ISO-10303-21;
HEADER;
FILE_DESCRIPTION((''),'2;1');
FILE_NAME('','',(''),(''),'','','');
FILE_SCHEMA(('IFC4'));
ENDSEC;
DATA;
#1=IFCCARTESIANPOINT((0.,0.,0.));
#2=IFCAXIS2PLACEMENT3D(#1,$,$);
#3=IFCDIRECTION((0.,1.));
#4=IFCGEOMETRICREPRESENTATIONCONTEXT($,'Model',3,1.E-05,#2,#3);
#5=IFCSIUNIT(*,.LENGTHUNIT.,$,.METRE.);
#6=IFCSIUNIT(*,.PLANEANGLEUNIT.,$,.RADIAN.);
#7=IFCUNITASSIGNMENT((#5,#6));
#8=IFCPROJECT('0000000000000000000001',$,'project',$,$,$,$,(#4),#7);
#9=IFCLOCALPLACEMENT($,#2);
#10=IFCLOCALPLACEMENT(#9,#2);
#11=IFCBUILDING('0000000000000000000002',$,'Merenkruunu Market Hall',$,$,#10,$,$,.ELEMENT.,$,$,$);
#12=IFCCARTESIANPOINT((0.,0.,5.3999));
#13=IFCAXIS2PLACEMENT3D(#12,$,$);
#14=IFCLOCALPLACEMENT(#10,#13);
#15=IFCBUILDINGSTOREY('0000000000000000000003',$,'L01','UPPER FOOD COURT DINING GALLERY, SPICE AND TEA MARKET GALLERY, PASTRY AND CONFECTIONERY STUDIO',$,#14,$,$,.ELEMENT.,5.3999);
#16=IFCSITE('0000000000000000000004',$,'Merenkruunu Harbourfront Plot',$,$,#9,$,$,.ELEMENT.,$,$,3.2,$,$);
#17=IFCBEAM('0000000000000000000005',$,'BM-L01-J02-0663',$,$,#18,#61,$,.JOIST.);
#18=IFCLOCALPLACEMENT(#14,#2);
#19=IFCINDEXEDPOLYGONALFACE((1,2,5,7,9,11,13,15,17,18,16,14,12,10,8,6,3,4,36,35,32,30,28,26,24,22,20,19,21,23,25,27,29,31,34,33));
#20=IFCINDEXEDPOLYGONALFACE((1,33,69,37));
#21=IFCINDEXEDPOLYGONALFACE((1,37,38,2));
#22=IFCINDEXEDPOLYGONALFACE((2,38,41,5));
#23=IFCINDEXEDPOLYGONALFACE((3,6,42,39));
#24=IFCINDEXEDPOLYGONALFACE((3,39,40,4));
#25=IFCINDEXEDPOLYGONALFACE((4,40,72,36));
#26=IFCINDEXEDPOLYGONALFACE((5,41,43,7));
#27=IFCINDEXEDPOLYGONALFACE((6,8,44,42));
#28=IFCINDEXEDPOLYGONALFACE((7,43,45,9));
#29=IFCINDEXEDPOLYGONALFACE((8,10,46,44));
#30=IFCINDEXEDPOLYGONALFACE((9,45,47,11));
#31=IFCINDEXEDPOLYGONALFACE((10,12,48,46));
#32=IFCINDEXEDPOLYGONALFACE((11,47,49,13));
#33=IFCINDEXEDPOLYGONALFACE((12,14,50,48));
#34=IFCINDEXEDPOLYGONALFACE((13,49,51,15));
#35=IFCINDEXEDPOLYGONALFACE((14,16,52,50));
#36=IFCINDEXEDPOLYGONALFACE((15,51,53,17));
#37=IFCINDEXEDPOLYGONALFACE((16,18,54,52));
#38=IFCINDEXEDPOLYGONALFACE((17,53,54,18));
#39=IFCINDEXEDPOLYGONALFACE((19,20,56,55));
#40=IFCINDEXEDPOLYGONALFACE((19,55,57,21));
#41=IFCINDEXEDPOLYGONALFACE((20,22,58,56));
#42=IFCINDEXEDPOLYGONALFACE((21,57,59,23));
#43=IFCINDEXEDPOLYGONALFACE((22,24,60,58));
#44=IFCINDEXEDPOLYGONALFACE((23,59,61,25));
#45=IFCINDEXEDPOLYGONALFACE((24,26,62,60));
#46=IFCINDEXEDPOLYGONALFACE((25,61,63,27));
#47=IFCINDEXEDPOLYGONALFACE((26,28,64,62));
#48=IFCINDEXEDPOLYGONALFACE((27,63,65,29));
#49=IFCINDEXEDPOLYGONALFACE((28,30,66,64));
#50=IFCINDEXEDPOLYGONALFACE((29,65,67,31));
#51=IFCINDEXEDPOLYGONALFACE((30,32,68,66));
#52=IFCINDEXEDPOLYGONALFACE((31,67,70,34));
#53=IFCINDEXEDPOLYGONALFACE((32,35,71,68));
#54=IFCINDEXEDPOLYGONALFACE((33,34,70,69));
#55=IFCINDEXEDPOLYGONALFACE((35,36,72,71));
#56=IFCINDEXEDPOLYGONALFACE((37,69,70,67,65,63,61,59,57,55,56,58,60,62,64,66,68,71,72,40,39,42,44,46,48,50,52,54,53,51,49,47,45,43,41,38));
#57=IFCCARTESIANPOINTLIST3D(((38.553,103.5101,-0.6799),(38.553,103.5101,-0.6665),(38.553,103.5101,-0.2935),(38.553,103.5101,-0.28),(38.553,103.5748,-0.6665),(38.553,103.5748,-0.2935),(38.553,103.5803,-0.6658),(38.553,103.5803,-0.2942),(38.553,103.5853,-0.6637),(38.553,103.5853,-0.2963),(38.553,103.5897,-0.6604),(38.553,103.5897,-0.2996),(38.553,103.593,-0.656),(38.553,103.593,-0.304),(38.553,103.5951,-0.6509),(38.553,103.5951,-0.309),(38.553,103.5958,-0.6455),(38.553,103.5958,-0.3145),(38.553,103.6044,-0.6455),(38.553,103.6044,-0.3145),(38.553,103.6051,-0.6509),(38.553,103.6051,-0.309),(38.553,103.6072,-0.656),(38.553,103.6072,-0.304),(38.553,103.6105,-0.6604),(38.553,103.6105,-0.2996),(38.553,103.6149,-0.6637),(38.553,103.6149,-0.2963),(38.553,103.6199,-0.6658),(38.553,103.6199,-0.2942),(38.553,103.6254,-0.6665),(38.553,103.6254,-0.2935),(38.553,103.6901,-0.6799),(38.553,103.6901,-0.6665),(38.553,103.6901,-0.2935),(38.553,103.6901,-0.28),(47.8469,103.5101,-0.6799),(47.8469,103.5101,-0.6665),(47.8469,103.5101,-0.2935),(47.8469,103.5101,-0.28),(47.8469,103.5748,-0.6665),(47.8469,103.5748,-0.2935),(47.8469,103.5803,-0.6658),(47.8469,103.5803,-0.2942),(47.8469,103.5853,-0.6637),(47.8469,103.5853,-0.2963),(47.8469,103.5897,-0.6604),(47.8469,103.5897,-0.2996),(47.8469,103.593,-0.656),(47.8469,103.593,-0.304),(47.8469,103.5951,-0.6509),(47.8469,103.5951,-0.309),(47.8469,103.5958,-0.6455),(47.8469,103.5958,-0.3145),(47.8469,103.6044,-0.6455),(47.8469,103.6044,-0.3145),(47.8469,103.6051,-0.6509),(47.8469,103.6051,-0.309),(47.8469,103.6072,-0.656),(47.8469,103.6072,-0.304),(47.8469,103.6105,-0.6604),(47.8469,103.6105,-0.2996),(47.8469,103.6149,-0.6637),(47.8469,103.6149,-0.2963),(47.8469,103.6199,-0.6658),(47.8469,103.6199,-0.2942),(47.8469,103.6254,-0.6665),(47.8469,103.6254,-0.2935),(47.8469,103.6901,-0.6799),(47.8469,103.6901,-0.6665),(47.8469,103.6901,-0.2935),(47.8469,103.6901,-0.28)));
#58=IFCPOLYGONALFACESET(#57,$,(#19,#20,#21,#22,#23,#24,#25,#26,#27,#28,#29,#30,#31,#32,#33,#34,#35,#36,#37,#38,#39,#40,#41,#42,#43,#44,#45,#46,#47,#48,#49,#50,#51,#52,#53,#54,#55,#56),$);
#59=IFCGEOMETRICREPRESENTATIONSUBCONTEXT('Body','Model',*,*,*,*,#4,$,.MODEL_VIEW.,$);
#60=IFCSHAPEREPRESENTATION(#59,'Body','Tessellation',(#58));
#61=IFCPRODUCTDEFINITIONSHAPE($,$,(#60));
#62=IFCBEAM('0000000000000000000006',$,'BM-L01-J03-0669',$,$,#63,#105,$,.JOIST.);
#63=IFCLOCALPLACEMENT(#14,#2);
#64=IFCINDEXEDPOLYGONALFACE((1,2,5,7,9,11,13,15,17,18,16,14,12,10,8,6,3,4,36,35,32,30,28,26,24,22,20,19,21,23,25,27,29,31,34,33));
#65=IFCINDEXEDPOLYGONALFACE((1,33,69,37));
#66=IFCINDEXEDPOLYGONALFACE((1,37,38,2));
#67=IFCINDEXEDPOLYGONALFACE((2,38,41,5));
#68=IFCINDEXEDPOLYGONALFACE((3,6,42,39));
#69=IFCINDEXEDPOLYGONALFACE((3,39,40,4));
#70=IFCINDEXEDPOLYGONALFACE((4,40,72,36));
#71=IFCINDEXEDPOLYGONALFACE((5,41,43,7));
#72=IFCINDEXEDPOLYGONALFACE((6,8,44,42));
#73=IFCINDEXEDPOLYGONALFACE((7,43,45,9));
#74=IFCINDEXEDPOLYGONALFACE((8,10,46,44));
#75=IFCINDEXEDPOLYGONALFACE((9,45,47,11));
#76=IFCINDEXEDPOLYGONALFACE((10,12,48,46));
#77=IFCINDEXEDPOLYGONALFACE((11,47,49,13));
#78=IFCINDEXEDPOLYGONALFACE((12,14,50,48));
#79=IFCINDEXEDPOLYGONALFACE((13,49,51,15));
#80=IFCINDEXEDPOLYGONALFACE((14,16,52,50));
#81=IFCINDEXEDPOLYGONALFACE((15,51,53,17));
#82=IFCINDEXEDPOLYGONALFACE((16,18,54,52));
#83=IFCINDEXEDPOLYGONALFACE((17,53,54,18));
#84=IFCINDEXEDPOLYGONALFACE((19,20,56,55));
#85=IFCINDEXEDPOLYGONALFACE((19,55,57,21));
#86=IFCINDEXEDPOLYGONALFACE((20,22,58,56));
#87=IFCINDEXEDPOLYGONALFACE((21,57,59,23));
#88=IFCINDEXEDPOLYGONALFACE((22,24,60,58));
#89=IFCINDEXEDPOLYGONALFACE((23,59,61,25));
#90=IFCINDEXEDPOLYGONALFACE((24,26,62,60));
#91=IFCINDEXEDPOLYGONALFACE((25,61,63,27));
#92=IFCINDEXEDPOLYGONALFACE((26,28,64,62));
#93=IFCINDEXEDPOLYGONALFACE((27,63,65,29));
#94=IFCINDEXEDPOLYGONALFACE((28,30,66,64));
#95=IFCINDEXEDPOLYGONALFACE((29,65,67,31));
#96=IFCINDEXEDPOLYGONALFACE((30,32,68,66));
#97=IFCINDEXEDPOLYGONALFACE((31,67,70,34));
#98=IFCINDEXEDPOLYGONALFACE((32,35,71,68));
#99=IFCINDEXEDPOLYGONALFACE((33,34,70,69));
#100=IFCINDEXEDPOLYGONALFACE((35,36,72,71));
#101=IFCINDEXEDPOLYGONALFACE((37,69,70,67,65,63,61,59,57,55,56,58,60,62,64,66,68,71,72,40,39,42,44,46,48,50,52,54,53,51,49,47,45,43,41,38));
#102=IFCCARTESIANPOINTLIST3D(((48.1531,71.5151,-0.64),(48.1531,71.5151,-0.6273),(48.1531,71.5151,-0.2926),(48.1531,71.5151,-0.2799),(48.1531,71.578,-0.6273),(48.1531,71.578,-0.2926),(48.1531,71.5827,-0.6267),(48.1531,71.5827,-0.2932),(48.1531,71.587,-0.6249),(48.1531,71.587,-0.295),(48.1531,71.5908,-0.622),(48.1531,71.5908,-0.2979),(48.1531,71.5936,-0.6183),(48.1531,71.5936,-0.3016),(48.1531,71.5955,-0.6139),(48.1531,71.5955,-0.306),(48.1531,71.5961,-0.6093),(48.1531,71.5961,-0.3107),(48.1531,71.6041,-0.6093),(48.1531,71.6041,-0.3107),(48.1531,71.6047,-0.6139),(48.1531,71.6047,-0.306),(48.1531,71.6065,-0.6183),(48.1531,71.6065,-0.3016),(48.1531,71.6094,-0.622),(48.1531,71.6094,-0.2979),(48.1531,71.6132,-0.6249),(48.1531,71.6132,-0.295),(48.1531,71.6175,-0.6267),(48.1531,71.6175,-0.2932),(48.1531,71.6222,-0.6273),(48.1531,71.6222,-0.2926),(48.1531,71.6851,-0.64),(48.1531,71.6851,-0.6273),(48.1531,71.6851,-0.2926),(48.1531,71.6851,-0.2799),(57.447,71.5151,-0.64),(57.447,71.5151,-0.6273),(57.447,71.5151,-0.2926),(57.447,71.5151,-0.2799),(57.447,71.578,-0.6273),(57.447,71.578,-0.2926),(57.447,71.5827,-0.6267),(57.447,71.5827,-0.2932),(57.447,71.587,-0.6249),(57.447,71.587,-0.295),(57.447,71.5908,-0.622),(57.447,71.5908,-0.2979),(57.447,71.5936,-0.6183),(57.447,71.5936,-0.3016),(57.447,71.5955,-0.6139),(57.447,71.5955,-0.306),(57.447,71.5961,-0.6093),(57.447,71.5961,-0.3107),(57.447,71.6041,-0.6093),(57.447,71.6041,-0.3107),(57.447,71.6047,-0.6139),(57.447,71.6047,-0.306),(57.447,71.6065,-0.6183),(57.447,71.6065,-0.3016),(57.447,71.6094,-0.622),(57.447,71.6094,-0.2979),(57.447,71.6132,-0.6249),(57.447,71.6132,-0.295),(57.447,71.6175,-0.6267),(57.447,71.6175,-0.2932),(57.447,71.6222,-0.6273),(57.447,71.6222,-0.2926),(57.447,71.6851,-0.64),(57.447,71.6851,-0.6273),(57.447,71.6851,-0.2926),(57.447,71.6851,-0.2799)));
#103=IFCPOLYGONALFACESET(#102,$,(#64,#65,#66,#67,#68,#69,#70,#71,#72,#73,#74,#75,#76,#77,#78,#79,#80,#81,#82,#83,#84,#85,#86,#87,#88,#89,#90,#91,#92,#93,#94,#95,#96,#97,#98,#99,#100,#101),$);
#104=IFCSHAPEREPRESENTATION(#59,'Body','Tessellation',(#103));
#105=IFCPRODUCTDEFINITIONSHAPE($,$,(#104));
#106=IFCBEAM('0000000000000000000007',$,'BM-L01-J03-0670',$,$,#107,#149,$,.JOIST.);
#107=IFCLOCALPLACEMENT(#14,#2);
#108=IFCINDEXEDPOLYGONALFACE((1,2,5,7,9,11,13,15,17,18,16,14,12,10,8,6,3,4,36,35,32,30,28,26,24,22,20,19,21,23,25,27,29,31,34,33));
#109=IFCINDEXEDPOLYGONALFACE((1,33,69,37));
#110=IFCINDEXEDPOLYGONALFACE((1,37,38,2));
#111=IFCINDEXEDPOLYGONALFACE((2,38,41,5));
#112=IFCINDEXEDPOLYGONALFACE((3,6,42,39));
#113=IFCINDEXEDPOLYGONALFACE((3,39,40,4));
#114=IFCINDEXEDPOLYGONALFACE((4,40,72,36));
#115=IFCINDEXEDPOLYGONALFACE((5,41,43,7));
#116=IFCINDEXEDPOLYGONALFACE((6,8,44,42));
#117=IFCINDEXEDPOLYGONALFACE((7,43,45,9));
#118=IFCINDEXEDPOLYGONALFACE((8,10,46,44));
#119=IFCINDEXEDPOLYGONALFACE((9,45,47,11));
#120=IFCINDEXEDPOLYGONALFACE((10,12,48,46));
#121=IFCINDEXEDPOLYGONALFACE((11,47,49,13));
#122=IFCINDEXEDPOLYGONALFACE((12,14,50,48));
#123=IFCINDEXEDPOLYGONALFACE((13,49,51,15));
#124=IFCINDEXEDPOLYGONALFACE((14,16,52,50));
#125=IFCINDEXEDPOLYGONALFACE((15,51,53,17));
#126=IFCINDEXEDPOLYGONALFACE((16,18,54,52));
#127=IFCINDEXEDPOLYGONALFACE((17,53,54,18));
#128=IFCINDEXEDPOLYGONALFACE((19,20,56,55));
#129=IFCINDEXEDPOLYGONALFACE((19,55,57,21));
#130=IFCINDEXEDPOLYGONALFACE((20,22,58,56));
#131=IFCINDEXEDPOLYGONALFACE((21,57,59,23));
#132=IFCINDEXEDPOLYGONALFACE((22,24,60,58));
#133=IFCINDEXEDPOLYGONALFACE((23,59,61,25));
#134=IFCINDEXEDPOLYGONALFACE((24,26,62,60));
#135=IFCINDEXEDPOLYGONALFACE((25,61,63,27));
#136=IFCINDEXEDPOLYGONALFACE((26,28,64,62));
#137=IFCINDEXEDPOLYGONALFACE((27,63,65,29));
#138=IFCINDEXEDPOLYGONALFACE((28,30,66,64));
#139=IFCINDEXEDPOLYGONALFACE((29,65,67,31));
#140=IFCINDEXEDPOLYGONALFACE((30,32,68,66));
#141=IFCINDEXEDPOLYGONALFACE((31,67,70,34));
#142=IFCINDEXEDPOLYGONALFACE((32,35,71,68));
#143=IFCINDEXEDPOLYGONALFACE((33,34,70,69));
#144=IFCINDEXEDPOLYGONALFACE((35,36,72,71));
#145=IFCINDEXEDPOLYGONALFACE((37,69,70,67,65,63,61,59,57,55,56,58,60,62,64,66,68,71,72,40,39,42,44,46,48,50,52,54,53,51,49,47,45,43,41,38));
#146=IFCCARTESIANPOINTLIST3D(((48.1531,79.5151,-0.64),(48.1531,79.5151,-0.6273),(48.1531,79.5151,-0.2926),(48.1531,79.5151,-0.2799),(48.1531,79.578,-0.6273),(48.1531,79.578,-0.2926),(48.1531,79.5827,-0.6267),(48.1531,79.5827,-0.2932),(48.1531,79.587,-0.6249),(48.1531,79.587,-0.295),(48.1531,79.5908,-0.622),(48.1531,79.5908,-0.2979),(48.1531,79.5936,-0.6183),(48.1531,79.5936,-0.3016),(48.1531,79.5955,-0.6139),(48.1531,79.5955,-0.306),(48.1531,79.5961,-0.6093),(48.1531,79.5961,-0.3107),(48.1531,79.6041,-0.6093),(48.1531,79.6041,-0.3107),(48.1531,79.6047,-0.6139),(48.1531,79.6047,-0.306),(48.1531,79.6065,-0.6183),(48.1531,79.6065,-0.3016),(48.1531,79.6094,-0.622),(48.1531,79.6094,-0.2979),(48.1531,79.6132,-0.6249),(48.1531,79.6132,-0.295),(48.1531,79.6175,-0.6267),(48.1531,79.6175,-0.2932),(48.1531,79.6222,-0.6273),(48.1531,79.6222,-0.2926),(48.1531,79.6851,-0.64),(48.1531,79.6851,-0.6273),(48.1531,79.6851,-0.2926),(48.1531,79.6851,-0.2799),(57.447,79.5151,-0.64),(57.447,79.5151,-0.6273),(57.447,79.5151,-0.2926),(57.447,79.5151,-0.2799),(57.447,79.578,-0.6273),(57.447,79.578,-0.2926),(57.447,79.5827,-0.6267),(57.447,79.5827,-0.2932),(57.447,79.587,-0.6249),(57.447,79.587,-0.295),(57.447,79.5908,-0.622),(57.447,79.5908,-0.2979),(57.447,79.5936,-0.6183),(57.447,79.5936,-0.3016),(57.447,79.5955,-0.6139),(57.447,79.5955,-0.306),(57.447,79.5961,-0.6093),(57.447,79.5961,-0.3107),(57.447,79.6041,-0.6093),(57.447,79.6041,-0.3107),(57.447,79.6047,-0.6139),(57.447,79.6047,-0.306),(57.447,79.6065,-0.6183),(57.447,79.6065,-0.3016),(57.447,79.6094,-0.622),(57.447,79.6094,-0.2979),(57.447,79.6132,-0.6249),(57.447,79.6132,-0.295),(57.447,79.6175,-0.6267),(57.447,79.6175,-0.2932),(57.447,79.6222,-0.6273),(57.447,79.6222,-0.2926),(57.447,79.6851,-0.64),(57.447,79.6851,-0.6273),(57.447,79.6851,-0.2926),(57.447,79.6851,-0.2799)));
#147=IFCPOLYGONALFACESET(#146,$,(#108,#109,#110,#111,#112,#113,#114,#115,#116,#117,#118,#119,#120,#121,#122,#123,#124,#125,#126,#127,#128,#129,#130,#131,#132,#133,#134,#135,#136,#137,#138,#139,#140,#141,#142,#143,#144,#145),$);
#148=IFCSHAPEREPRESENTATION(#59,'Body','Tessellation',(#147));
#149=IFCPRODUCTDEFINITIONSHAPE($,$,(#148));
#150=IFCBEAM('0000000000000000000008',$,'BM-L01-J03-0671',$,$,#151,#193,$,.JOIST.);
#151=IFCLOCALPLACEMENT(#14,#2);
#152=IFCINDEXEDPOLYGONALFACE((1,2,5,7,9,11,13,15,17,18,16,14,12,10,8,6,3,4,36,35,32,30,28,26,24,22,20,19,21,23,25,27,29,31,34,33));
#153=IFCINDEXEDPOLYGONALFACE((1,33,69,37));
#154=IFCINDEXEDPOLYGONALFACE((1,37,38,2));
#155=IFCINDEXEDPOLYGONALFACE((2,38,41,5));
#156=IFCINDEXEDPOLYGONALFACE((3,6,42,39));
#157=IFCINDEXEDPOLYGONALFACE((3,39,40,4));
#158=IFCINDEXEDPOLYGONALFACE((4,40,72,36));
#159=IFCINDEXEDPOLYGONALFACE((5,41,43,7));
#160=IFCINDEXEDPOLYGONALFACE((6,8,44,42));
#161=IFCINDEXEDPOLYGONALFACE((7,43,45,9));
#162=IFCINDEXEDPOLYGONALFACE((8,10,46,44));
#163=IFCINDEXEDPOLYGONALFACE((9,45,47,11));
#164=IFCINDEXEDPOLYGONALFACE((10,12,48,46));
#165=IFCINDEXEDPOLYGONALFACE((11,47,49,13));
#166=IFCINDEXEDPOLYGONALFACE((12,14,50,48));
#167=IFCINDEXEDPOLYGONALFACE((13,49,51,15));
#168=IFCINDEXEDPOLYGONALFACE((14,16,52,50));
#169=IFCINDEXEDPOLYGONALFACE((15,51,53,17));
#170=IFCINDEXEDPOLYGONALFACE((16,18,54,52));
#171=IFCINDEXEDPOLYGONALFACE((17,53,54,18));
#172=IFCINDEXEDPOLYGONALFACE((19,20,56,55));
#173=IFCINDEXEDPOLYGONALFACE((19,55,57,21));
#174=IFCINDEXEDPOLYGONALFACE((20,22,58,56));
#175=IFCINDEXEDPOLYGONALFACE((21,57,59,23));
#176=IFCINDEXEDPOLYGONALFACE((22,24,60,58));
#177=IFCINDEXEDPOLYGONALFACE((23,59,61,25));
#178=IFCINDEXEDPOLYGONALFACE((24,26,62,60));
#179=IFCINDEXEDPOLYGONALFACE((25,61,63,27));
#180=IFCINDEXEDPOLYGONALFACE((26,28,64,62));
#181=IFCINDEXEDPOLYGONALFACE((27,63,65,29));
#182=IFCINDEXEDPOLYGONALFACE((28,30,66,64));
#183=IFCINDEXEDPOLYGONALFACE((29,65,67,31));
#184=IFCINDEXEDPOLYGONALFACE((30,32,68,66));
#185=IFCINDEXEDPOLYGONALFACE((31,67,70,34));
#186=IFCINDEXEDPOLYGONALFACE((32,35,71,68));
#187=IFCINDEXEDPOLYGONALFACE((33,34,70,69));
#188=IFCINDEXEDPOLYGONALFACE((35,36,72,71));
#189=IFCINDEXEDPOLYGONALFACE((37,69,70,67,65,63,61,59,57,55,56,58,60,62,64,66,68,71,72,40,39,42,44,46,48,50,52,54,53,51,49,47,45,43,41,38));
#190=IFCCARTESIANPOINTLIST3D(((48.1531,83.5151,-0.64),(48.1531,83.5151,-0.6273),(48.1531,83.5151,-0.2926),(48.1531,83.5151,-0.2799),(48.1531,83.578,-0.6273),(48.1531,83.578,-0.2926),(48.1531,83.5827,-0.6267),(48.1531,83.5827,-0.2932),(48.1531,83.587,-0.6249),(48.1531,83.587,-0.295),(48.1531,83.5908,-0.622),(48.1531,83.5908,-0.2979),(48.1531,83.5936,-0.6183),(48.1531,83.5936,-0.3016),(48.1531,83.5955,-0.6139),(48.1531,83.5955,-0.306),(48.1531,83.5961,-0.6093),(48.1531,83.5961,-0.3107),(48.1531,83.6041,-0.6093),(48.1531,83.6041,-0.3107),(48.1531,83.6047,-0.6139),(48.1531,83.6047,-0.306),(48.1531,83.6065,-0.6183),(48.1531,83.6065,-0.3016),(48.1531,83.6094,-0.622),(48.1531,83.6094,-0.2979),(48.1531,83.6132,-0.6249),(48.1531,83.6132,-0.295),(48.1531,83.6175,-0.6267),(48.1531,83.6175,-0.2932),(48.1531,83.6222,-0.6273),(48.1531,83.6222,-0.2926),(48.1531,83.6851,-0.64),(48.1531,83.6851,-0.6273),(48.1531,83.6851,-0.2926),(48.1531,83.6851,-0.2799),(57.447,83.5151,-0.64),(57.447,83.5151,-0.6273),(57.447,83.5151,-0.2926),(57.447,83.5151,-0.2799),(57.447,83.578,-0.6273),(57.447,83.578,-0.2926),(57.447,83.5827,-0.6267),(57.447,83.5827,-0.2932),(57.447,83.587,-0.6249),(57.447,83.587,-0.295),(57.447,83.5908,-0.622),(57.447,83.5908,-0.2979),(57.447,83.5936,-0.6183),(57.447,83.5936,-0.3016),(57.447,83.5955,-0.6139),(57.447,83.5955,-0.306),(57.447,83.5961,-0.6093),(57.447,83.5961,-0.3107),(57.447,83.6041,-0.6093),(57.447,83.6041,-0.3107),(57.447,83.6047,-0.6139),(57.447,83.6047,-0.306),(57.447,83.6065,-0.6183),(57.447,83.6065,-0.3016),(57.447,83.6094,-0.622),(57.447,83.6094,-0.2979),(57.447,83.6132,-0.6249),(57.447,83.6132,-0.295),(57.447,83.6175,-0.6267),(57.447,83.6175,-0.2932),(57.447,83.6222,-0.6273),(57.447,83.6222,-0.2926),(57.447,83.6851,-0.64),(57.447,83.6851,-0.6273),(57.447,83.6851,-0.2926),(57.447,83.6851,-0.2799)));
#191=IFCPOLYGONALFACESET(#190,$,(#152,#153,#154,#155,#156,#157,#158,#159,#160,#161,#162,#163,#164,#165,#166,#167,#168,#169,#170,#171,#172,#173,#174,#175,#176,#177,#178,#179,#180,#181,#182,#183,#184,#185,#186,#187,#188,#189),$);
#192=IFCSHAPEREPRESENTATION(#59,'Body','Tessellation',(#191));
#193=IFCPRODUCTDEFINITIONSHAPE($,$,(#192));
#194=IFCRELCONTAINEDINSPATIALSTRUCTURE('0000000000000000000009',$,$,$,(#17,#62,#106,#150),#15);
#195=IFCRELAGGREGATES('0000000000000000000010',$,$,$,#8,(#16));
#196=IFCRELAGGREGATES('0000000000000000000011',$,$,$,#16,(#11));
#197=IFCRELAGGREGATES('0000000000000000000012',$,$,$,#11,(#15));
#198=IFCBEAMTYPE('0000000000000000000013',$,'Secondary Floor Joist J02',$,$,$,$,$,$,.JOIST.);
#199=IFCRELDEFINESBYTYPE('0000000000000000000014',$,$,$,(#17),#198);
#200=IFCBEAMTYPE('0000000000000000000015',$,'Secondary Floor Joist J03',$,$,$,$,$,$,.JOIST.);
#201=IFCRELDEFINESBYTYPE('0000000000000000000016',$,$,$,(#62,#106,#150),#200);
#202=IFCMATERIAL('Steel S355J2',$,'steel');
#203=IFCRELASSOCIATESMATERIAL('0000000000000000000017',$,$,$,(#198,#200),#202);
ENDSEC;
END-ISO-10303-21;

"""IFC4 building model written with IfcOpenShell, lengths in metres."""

from ifc_helpers import new_model, si_unit, direction, frame, origin, origin_2d, place, context, subcontext, project, spatial, i_section, extrude, material, material_profile, profile_set, type_object, element, save


model = new_model("IFC4")

# Units and contexts
model_context = context("Model", 3, precision=1e-05, world=origin(), true_north=direction((0.0, 1.0)))
body_context = subcontext(model_context, "Body", "Model", "MODEL_VIEW")
ifc_project = project(units=[si_unit("LENGTHUNIT", "METRE"), si_unit("PLANEANGLEUNIT", "RADIAN")], contexts=[model_context])

# Site, building, storey
site_placement = place(None, origin())
site = spatial("IfcSite", under=ifc_project, at=site_placement, Name="Merenkruunu Harbourfront Plot", CompositionType="ELEMENT", RefElevation=3.2)
building_placement = place(site_placement, origin())
building = spatial("IfcBuilding", under=site, at=building_placement, Name="Merenkruunu Market Hall", CompositionType="ELEMENT")
storey_placement = place(building_placement, frame((0.0, 0.0, 5.3999)))
storey = spatial("IfcBuildingStorey", under=building, at=storey_placement, Name="L01", Description="UPPER FOOD COURT DINING GALLERY, SPICE AND TEA MARKET GALLERY, PASTRY AND CONFECTIONERY STUDIO", CompositionType="ELEMENT", Elevation=5.3999)

# Shared definitions
ifc_material_1 = material(Name="Steel S355J2", Category="steel")

# Beams
ifc_material_profile_1 = material_profile(ifc_material_1, i_section(OverallWidth=0.1799, OverallDepth=0.3999, WebThickness=0.0085, FlangeThickness=0.0134, FilletRadius=0.021, at=origin_2d()), Name="IPE 400")
ifc_profile_set_1 = profile_set([ifc_material_profile_1], Name="Steel S355J2")
beam_type_1 = type_object("IfcBeamType", Name="Secondary Floor Joist J02", PredefinedType="JOIST", material=ifc_profile_set_1)
beam_1_placement = place(storey_placement, frame((38.553, 103.6001, -0.48), z_axis=(1.0, 0.0, 0.0), x_axis=(0.0, 1.0, 0.0)))
element("IfcBeam", 1, at=beam_1_placement, inside=storey, type_object=beam_type_1, Name="BM-L01-J02-0663", PredefinedType="JOIST", context=body_context, shape_type="SweptSolid", body=[
    extrude(i_section(OverallWidth=0.1799, OverallDepth=0.3999, WebThickness=0.0085, FlangeThickness=0.0134, FilletRadius=0.021, at=origin_2d()), origin(), (0.0, 0.0, 1.0), 9.2939),
])
ifc_material_profile_2 = material_profile(ifc_material_1, i_section(OverallWidth=0.1699, OverallDepth=0.3601, WebThickness=0.0081, FlangeThickness=0.0127, FilletRadius=0.0181, at=origin_2d()), Name="IPE 360")
ifc_profile_set_2 = profile_set([ifc_material_profile_2], Name="Steel S355J2")
beam_type_2 = type_object("IfcBeamType", Name="Secondary Floor Joist J03", PredefinedType="JOIST", material=ifc_profile_set_2)
for number, where, z_axis, x_axis, name in (
    (2, (48.1531, 71.6001, -0.46), (1.0, 0.0, 0.0), (0.0, 1.0, 0.0), "BM-L01-J03-0669"),
    (3, (48.1531, 79.6001, -0.46), (1.0, 0.0, 0.0), (0.0, 1.0, 0.0), "BM-L01-J03-0670"),
    (4, (48.1531, 83.6001, -0.46), (1.0, 0.0, 0.0), (0.0, 1.0, 0.0), "BM-L01-J03-0671"),
):
    element("IfcBeam", number, at=place(storey_placement, frame(where, z_axis=z_axis, x_axis=x_axis)), inside=storey, type_object=beam_type_2, Name=name, PredefinedType="JOIST", context=body_context, shape_type="SweptSolid", body=[
        extrude(i_section(OverallWidth=0.1699, OverallDepth=0.3601, WebThickness=0.0081, FlangeThickness=0.0127, FilletRadius=0.0181, at=origin_2d()), origin(), (0.0, 0.0, 1.0), 9.2939),
    ])

save(model, "model.ifc")
